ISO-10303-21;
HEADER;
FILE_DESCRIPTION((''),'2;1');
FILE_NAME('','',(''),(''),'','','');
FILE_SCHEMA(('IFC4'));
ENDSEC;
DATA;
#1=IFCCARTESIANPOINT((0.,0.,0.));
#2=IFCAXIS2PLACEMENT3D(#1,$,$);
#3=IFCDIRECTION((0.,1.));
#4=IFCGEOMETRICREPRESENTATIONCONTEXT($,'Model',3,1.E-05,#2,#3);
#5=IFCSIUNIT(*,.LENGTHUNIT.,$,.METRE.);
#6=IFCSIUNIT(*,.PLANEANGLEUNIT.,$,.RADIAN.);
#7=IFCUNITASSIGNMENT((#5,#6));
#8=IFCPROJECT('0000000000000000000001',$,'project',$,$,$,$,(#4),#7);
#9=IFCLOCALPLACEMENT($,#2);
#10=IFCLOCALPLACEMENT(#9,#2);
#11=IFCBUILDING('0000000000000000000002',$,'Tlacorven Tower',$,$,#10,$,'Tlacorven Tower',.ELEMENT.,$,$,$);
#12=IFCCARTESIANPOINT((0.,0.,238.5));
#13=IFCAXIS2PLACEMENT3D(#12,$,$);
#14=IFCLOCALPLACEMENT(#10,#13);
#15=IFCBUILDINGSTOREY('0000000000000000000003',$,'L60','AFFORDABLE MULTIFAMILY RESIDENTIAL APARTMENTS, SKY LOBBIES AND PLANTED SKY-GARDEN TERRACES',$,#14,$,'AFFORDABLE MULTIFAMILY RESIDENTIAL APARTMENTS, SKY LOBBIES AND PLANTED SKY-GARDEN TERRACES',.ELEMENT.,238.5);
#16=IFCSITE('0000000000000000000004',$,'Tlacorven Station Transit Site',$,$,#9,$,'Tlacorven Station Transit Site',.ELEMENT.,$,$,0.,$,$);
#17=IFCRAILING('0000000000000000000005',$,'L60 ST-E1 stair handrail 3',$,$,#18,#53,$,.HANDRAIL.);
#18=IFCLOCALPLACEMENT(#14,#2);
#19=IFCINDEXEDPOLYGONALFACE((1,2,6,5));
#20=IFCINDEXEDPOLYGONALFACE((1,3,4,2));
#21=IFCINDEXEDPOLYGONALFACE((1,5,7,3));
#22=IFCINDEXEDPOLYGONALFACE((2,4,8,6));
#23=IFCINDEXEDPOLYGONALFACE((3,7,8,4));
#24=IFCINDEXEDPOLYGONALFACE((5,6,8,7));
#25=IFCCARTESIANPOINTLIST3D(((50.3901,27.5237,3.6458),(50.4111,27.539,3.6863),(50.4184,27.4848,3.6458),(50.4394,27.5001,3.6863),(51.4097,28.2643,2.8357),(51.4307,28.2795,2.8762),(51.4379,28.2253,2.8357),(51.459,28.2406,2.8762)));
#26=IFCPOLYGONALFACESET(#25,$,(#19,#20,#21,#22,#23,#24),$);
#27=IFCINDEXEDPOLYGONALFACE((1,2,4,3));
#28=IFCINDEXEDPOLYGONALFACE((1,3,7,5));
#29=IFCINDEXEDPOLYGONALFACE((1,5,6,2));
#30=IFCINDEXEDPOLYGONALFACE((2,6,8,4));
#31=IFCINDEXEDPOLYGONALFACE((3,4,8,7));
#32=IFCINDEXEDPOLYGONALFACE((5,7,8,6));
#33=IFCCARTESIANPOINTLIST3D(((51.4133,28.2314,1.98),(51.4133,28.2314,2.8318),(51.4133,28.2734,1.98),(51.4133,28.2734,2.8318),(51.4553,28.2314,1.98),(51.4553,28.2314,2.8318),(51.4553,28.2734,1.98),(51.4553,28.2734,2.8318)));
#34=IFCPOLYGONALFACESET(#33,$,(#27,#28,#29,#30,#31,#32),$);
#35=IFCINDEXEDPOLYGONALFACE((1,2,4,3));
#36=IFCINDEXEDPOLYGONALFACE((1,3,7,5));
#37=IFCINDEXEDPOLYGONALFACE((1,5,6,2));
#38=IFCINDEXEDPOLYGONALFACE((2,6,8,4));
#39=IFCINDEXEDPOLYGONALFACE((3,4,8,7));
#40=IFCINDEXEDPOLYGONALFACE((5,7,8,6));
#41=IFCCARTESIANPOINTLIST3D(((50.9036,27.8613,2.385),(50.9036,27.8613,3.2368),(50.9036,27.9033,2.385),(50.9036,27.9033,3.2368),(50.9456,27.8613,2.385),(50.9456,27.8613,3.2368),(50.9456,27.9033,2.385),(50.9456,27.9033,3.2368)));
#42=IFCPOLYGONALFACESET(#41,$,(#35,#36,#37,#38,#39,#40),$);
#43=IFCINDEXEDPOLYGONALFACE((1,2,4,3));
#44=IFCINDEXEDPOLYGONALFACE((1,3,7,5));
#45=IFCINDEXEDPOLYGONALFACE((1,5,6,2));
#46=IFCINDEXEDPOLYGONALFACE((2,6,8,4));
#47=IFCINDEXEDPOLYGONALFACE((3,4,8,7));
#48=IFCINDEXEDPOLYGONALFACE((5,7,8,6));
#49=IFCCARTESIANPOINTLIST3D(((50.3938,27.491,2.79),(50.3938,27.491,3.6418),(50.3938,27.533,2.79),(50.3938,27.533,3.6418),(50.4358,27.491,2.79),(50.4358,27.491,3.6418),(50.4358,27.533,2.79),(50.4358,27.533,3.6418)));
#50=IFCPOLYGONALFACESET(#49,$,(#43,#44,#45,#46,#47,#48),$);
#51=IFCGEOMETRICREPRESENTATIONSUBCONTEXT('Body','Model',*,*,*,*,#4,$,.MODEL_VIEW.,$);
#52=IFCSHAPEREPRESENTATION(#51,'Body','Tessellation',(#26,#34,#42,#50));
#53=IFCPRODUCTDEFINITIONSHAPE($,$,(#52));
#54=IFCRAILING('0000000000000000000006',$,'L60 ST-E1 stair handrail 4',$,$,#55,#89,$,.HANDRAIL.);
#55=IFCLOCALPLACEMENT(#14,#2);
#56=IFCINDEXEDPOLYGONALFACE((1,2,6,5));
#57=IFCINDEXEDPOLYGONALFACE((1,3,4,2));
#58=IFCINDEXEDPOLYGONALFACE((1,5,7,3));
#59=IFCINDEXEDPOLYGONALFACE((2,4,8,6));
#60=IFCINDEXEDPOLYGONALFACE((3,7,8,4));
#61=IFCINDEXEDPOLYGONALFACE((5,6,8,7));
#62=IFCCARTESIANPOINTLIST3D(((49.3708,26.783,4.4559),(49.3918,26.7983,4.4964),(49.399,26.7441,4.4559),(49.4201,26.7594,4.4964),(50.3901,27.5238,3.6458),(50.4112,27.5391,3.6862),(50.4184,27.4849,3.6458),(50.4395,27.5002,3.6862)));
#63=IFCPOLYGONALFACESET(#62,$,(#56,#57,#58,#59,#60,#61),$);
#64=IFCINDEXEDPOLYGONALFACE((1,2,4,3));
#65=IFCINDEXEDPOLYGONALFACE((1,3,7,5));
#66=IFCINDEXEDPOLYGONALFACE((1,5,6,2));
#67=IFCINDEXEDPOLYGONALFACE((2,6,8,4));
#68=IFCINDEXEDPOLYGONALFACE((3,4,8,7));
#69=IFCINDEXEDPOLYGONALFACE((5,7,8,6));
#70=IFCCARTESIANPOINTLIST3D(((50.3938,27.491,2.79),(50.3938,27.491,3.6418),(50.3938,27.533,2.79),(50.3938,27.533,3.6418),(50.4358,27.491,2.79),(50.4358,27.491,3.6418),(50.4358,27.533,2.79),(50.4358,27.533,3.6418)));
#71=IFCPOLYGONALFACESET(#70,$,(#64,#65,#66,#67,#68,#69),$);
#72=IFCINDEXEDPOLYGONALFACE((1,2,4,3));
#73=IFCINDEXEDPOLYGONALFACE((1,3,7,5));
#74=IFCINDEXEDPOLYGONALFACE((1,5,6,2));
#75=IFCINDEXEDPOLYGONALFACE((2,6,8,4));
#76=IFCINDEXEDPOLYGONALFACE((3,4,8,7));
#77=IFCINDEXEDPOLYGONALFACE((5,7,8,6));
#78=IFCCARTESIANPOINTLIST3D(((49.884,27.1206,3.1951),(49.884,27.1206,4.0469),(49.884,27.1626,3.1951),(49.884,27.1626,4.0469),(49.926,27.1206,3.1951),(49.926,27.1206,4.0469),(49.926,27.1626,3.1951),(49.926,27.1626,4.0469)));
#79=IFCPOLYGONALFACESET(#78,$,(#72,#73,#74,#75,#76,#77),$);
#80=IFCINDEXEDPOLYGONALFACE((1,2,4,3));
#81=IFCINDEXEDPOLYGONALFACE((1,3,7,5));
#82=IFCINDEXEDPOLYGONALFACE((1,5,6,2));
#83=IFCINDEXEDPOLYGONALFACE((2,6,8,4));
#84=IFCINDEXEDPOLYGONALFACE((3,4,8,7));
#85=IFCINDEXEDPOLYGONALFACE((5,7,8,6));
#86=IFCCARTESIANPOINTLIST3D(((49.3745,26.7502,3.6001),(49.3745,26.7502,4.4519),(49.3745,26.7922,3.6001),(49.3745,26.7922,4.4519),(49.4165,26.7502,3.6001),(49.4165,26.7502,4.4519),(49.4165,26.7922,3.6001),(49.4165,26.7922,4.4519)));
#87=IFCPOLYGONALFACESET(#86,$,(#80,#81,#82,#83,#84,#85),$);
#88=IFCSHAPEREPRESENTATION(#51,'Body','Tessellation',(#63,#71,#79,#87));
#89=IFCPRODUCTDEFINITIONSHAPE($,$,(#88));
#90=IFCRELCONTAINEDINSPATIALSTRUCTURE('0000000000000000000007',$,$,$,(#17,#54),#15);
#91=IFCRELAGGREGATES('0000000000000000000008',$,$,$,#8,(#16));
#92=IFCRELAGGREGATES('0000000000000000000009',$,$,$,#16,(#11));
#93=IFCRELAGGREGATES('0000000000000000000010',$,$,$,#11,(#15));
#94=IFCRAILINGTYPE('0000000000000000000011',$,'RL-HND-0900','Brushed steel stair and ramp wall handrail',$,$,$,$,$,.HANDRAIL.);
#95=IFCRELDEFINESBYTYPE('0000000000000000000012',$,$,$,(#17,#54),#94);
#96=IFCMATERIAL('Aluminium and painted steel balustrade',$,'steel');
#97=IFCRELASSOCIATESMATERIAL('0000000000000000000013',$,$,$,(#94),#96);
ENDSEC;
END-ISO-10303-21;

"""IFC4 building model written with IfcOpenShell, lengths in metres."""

from ifc_helpers import new_model, si_unit, direction, frame, origin, origin_2d, place, context, subcontext, project, spatial, rectangle, extrude, source, transform, mapped, material, type_object, element, save


model = new_model("IFC4")

# Units and contexts
model_context = context("Model", 3, precision=1e-05, world=origin(), true_north=direction((0.0, 1.0)))
body_context = subcontext(model_context, "Body", "Model", "MODEL_VIEW")
ifc_project = project(units=[si_unit("LENGTHUNIT", "METRE"), si_unit("PLANEANGLEUNIT", "RADIAN")], contexts=[model_context])

# Site, building, storey
site_placement = place(None, origin())
site = spatial("IfcSite", under=ifc_project, at=site_placement, Name="Tlacorven Station Transit Site", LongName="Tlacorven Station Transit Site", CompositionType="ELEMENT", RefElevation=0.0)
building_placement = place(site_placement, origin())
building = spatial("IfcBuilding", under=site, at=building_placement, Name="Tlacorven Tower", LongName="Tlacorven Tower", CompositionType="ELEMENT")
storey_placement = place(building_placement, frame((0.0, 0.0, 238.5)))
storey = spatial("IfcBuildingStorey", under=building, at=storey_placement, Name="L60", Description="AFFORDABLE MULTIFAMILY RESIDENTIAL APARTMENTS, SKY LOBBIES AND PLANTED SKY-GARDEN TERRACES", LongName="AFFORDABLE MULTIFAMILY RESIDENTIAL APARTMENTS, SKY LOBBIES AND PLANTED SKY-GARDEN TERRACES", CompositionType="ELEMENT", Elevation=238.5)

# Railings
ifc_material_1 = material(Name="Aluminium and painted steel balustrade", Category="steel")
railing_type_1 = type_object("IfcRailingType", Name="RL-HND-0900", Description="Brushed steel stair and ramp wall handrail", PredefinedType="HANDRAIL", material=ifc_material_1)
shared_shape_1 = source(origin(), body_context, "Body", "SweptSolid", [
    extrude(rectangle(XDim=0.0481, YDim=0.0481, at=origin_2d()), frame((0.0, 0.0, 0.876), z_axis=(-0.680604, -0.494318, 0.540767), x_axis=(0.587653, -0.809113, 0.0)), (0.0, 0.0, 1.0), 1.498),
    extrude(rectangle(XDim=0.042, YDim=0.042, at=origin_2d()), origin(), (0.0, 0.0, 1.0), 0.8518),
    extrude(rectangle(XDim=0.042, YDim=0.042, at=origin_2d()), frame((-0.5098, -0.3701, 0.405)), (0.0, 0.0, 1.0), 0.8518),
    extrude(rectangle(XDim=0.042, YDim=0.042, at=origin_2d()), frame((-1.0195, -0.7405, 0.8101)), (0.0, 0.0, 1.0), 0.8518),
])
railing_1_placement = place(storey_placement, frame((51.4343, 28.2524, 1.98)))
element("IfcRailing", 1, at=railing_1_placement, inside=storey, type_object=railing_type_1, Name="L60 ST-E1 stair handrail 3", PredefinedType="HANDRAIL", context=body_context, shape_type="MappedRepresentation", body=[
    mapped(shared_shape_1, transform((0.0, 0.0, 0.0), scale=1.0)),
])
shared_shape_2 = source(origin(), body_context, "Body", "SweptSolid", [
    extrude(rectangle(XDim=0.0481, YDim=0.0481, at=origin_2d()), frame((0.0, 0.0, 0.876), z_axis=(-0.680461, -0.494496, 0.540783), x_axis=(0.587872, -0.808954, 0.0)), (0.0, 0.0, 1.0), 1.498),
    extrude(rectangle(XDim=0.042, YDim=0.042, at=origin_2d()), origin(), (0.0, 0.0, 1.0), 0.8518),
    extrude(rectangle(XDim=0.042, YDim=0.042, at=origin_2d()), frame((-0.5098, -0.3704, 0.405)), (0.0, 0.0, 1.0), 0.8518),
    extrude(rectangle(XDim=0.042, YDim=0.042, at=origin_2d()), frame((-1.0193, -0.7407, 0.8101)), (0.0, 0.0, 1.0), 0.8518),
])
railing_2_placement = place(storey_placement, frame((50.4148, 27.512, 2.79)))
element("IfcRailing", 2, at=railing_2_placement, inside=storey, type_object=railing_type_1, Name="L60 ST-E1 stair handrail 4", PredefinedType="HANDRAIL", context=body_context, shape_type="MappedRepresentation", body=[
    mapped(shared_shape_2, transform((0.0, 0.0, 0.0), scale=1.0)),
])

save(model, "model.ifc")
